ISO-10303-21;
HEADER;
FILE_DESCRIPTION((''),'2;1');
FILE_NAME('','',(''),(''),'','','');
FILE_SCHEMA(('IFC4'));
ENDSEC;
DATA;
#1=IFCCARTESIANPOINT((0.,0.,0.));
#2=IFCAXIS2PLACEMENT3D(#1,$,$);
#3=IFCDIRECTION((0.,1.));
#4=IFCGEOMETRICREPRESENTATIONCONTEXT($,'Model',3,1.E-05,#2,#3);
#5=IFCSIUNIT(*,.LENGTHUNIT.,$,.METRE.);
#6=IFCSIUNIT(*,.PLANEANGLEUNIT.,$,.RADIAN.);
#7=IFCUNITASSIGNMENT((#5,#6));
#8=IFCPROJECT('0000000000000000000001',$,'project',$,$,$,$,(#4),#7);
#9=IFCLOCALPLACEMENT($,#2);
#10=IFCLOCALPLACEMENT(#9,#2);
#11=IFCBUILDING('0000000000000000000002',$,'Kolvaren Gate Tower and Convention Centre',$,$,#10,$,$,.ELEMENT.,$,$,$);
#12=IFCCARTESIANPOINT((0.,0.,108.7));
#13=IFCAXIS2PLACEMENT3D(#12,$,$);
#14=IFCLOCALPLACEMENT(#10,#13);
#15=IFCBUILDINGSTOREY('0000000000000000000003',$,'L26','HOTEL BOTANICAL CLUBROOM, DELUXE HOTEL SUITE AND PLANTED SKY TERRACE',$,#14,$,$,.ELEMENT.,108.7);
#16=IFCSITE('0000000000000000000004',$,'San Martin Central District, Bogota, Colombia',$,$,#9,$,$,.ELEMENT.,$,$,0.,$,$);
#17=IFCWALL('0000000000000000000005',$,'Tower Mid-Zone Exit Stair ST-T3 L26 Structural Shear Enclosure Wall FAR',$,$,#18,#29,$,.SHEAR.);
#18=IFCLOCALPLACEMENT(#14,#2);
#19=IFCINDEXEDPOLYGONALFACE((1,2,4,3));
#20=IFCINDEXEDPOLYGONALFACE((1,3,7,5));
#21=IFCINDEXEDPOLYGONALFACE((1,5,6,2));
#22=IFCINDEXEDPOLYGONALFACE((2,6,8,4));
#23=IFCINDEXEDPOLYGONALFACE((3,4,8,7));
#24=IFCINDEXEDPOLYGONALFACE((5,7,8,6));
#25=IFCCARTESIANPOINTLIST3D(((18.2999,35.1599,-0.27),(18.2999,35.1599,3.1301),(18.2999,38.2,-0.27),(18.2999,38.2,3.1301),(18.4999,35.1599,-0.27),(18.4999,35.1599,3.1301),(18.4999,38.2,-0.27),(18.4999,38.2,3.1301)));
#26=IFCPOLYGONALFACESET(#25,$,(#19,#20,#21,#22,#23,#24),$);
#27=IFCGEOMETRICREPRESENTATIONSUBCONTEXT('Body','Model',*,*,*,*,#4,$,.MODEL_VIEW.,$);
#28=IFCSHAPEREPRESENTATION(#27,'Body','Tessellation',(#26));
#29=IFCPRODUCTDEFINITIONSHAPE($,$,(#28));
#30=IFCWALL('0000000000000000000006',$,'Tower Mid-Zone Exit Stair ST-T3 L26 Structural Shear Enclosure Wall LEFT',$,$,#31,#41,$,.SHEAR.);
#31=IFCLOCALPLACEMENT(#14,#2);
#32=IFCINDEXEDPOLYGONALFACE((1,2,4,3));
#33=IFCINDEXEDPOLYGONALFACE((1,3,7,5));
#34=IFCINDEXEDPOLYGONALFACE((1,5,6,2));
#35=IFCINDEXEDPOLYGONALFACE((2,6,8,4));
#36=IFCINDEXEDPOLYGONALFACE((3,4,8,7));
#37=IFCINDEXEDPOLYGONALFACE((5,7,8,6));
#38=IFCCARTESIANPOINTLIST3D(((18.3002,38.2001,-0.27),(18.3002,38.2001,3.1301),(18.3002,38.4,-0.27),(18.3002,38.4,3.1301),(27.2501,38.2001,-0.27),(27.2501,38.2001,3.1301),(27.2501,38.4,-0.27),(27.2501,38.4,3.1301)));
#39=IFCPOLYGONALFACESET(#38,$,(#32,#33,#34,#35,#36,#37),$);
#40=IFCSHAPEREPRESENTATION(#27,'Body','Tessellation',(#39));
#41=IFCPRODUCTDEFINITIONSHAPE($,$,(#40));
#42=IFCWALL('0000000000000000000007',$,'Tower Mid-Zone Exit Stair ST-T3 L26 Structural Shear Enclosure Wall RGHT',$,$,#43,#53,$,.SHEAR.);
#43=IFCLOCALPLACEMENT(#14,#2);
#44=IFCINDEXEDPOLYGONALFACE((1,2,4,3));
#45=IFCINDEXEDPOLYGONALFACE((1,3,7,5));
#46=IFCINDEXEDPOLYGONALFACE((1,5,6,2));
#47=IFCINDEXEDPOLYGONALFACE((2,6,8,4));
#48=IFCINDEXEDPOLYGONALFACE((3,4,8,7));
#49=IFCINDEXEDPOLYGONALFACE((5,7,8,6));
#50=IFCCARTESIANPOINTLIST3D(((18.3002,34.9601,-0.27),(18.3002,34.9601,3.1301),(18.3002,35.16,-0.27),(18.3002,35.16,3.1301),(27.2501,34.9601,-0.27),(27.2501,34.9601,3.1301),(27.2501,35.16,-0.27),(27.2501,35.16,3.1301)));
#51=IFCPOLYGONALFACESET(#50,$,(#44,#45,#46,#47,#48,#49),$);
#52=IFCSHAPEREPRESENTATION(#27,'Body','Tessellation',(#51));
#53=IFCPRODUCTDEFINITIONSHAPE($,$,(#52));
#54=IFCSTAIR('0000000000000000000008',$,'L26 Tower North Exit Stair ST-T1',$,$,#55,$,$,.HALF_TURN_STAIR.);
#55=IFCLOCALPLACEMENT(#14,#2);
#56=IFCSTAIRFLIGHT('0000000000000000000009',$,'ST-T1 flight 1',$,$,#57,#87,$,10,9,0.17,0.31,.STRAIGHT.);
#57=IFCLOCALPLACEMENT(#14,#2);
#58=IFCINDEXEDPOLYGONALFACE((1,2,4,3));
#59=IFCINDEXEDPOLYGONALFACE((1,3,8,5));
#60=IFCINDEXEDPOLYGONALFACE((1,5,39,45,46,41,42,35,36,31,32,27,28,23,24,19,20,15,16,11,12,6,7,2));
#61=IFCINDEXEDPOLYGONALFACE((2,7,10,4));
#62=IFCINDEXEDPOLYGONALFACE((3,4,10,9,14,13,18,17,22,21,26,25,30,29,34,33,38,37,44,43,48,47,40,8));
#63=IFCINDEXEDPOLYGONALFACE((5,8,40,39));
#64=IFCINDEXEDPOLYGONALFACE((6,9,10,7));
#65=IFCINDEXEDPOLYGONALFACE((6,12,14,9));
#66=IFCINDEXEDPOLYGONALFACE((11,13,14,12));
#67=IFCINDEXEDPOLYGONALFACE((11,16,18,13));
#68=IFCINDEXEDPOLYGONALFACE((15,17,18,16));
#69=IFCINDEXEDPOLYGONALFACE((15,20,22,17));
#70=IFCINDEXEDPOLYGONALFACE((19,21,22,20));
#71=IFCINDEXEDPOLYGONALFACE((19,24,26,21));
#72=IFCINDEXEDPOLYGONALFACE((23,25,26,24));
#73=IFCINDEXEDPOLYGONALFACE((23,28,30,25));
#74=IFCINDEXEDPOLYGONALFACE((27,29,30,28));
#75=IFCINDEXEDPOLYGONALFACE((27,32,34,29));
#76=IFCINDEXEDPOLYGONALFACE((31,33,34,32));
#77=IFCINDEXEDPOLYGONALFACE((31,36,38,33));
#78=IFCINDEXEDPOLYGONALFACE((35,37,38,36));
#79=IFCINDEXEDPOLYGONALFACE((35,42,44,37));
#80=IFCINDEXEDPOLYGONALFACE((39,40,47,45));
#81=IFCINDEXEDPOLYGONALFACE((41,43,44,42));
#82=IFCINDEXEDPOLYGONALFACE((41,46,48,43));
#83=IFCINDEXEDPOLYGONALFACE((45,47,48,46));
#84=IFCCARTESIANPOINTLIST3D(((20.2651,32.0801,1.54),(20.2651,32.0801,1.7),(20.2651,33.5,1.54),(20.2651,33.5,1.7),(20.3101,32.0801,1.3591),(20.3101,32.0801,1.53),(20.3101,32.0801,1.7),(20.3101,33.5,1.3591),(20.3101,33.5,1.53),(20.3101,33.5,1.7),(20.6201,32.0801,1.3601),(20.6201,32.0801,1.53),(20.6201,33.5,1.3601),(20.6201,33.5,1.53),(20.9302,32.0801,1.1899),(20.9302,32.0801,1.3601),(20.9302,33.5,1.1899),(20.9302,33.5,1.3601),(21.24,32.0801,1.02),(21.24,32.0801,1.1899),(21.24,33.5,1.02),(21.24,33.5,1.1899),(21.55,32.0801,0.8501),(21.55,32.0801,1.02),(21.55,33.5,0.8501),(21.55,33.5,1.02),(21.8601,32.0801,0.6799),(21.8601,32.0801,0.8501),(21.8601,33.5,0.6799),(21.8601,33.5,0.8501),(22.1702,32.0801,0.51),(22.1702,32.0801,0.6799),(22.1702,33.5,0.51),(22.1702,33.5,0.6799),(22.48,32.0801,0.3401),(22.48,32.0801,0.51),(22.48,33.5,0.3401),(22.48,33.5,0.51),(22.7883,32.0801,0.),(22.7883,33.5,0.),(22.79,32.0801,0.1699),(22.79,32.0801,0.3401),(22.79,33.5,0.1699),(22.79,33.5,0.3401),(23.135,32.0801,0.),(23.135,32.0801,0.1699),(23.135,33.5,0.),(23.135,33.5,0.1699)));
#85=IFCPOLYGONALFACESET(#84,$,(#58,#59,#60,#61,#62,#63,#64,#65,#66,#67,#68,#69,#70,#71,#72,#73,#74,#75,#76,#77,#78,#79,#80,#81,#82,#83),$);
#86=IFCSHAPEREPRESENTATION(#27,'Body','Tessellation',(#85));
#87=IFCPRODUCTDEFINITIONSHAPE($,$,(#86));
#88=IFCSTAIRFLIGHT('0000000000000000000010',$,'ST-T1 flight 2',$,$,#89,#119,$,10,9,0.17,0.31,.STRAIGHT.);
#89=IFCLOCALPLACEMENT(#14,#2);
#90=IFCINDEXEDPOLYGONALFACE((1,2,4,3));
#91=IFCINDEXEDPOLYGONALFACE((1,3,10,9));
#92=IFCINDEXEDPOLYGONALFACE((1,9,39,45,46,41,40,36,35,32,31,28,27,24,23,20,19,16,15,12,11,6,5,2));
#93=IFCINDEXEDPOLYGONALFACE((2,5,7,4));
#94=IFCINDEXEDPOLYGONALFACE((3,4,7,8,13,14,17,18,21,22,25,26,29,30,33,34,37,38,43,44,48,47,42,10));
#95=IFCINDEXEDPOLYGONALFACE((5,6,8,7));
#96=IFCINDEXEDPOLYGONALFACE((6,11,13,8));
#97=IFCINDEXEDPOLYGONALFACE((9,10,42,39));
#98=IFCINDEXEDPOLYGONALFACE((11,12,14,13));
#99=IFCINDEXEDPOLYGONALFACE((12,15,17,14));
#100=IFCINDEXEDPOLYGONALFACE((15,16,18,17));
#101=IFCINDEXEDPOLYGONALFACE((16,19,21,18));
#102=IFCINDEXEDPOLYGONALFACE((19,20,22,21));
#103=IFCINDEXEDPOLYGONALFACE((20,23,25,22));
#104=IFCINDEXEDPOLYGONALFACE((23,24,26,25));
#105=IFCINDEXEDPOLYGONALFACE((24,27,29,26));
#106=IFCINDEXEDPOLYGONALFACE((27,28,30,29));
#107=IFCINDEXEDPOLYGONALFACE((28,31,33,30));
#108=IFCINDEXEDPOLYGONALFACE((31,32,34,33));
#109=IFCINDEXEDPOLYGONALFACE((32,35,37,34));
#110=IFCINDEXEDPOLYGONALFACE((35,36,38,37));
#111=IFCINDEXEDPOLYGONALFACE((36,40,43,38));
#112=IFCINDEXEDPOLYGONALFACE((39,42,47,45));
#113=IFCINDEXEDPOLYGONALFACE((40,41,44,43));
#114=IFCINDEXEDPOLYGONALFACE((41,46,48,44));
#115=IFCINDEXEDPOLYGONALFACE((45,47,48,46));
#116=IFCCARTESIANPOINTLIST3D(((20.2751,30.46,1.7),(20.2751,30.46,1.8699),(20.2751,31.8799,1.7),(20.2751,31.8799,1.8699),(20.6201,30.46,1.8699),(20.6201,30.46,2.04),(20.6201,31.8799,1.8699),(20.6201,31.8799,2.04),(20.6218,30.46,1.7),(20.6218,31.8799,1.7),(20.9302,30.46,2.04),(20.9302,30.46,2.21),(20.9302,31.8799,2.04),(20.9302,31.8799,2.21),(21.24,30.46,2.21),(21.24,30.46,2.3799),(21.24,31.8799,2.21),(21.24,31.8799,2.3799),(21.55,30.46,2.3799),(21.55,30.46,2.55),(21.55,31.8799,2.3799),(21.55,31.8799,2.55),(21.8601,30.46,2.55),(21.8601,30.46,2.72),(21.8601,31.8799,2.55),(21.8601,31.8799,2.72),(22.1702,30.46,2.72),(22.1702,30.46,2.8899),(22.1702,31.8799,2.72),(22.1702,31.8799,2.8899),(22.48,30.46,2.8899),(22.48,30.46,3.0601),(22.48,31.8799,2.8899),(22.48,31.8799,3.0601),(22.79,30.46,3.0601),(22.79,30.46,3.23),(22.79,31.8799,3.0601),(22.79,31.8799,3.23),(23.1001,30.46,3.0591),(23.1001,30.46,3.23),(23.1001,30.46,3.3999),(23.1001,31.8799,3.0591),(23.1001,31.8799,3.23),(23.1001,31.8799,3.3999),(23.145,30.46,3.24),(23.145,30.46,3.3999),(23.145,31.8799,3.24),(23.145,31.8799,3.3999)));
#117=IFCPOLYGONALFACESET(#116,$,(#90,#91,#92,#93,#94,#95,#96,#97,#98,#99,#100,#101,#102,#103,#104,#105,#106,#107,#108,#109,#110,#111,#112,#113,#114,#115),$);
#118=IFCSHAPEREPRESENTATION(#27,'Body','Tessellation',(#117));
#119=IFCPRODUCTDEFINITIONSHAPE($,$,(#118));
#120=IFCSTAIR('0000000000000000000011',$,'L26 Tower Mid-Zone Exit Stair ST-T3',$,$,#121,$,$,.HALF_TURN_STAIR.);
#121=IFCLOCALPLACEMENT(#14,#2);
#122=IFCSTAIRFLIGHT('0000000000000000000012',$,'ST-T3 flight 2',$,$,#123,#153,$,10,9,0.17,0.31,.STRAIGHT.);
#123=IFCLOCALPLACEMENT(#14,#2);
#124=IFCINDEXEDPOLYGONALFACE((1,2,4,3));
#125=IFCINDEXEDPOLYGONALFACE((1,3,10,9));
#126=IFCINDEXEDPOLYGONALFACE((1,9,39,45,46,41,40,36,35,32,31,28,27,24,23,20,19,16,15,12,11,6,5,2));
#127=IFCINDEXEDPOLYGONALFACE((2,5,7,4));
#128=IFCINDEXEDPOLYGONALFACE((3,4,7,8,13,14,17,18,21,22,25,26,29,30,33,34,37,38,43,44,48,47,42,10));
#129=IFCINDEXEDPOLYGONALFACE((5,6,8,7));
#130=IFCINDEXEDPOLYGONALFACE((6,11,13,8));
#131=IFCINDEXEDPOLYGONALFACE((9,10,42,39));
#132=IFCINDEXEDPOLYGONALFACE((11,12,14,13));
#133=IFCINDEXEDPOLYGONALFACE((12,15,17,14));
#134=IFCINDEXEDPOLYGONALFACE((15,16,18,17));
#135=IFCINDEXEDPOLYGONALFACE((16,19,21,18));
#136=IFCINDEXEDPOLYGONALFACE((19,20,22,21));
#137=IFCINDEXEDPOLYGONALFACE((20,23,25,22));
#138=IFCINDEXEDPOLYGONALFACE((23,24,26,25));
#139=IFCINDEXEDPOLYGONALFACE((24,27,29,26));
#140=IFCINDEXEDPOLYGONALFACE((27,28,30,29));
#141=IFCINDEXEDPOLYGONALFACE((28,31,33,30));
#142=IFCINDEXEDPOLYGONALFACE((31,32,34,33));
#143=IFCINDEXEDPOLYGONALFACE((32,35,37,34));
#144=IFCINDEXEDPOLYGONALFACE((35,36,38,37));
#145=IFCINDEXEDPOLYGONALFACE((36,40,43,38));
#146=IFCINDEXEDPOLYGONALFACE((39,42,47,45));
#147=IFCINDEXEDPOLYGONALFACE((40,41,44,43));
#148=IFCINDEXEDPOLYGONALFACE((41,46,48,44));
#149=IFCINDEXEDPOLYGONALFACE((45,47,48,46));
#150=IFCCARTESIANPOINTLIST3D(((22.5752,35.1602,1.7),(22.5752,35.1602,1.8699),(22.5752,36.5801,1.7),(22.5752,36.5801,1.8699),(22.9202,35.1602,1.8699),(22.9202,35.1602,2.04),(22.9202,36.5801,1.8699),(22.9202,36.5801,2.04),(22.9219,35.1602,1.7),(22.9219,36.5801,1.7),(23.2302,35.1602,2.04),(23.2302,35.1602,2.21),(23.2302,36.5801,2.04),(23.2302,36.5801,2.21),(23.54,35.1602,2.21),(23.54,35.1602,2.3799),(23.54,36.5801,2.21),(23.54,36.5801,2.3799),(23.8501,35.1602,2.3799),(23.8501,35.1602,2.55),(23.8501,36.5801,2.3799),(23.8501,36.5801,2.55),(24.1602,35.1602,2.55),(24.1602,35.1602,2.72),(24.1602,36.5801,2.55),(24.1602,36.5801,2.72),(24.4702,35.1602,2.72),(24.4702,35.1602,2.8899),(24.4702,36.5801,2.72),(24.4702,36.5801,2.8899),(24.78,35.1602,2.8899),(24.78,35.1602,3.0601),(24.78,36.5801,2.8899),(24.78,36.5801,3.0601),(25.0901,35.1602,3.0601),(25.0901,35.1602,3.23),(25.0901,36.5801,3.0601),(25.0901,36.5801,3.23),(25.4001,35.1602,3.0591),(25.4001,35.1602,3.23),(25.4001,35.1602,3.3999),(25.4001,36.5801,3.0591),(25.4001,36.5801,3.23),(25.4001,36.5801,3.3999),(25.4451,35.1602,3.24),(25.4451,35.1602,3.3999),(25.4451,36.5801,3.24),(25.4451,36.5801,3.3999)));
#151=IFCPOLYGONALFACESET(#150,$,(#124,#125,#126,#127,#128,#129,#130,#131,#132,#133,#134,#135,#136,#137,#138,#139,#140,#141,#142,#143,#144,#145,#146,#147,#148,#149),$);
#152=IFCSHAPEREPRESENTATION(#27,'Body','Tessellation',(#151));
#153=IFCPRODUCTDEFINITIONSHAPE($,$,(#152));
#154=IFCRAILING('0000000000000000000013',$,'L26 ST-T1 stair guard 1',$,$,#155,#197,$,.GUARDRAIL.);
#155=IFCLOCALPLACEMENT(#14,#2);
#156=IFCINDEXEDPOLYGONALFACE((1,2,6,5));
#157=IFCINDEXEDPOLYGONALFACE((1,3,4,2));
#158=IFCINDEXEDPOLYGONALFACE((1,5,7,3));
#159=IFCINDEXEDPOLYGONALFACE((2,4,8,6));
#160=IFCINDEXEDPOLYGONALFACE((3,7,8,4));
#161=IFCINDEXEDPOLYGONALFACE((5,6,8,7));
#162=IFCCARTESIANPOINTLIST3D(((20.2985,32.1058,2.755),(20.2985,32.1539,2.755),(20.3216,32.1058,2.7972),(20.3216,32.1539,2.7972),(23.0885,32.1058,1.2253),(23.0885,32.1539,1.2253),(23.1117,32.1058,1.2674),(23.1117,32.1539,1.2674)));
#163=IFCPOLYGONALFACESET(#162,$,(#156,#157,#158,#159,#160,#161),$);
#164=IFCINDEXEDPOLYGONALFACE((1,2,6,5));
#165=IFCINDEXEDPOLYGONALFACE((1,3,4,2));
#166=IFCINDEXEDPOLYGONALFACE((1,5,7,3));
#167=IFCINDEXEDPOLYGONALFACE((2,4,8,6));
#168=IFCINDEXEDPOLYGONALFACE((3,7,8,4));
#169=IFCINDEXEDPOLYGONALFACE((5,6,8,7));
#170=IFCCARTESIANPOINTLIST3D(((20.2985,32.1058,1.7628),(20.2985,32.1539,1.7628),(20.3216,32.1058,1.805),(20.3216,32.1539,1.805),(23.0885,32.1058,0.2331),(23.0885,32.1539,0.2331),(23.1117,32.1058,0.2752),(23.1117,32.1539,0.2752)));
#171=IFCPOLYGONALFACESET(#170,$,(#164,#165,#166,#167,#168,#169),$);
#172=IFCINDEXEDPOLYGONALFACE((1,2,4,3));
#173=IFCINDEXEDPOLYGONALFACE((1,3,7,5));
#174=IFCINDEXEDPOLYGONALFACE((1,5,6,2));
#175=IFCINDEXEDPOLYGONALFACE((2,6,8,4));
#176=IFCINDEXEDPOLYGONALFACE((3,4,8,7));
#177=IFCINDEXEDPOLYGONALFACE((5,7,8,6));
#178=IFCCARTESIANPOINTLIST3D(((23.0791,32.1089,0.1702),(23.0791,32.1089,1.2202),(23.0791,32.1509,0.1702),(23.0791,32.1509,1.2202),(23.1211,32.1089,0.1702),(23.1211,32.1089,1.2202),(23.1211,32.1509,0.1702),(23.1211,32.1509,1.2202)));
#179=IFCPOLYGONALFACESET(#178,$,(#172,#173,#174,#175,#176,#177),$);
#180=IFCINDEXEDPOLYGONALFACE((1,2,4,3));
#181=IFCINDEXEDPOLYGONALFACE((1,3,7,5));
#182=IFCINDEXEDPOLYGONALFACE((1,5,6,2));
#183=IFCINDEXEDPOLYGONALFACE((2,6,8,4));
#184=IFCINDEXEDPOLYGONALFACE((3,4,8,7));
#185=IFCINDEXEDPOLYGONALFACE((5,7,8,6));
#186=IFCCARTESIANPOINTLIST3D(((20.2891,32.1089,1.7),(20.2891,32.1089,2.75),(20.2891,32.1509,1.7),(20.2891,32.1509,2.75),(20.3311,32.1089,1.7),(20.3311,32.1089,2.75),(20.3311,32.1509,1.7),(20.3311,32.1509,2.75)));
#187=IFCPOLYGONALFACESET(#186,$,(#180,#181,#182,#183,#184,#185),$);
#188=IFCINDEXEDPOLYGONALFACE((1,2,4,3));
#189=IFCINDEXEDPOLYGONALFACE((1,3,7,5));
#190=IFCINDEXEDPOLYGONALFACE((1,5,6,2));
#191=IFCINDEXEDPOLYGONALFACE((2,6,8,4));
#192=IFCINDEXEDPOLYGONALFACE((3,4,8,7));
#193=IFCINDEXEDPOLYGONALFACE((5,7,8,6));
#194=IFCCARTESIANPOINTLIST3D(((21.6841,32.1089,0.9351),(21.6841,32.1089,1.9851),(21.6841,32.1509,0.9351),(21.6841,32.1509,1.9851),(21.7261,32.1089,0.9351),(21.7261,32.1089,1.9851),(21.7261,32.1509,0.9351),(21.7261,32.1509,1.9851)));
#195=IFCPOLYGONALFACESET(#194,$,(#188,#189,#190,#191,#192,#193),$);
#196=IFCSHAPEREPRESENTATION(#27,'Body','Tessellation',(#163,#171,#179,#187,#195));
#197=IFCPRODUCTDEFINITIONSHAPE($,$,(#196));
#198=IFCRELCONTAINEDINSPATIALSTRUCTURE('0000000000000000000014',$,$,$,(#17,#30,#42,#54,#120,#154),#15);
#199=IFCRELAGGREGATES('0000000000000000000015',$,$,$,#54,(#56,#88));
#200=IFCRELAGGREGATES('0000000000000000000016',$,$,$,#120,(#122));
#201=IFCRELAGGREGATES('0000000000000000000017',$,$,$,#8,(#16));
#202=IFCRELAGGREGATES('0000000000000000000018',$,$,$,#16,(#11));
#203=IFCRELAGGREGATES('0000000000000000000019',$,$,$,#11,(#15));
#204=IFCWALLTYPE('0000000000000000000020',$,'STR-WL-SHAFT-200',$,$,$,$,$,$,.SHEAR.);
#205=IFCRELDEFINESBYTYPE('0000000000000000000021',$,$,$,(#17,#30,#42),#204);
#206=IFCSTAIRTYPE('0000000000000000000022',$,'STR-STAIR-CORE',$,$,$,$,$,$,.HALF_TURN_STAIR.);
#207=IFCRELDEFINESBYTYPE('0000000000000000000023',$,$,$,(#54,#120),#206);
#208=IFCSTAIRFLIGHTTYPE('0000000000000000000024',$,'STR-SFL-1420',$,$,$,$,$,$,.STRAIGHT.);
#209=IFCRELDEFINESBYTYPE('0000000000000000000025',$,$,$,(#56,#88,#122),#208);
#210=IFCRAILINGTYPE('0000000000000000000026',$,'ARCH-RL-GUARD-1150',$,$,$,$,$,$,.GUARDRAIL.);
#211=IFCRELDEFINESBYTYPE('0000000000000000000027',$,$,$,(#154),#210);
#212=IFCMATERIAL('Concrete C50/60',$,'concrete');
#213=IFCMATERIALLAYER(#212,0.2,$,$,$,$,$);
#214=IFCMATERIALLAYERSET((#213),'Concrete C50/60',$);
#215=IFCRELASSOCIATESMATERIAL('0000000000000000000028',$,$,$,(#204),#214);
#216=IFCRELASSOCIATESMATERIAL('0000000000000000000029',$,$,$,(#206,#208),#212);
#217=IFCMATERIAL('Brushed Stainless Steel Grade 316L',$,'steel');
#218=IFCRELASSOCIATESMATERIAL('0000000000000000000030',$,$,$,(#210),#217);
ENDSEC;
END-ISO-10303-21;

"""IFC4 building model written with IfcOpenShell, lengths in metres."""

from ifc_helpers import new_model, si_unit, direction, frame, frame_2d, origin, origin_2d, place, context, subcontext, project, spatial, polyline, rectangle, outline, extrude, material, layer, layer_set, type_object, element, aggregate, save


model = new_model("IFC4")

# Units and contexts
model_context = context("Model", 3, precision=1e-05, world=origin(), true_north=direction((0.0, 1.0)))
body_context = subcontext(model_context, "Body", "Model", "MODEL_VIEW")
ifc_project = project(units=[si_unit("LENGTHUNIT", "METRE"), si_unit("PLANEANGLEUNIT", "RADIAN")], contexts=[model_context])

# Site, building, storey
site_placement = place(None, origin())
site = spatial("IfcSite", under=ifc_project, at=site_placement, Name="San Martin Central District, Bogota, Colombia", CompositionType="ELEMENT", RefElevation=0.0)
building_placement = place(site_placement, origin())
building = spatial("IfcBuilding", under=site, at=building_placement, Name="Kolvaren Gate Tower and Convention Centre", CompositionType="ELEMENT")
storey_placement = place(building_placement, frame((0.0, 0.0, 108.7)))
storey = spatial("IfcBuildingStorey", under=building, at=storey_placement, Name="L26", Description="HOTEL BOTANICAL CLUBROOM, DELUXE HOTEL SUITE AND PLANTED SKY TERRACE", CompositionType="ELEMENT", Elevation=108.7)

# Walls
ifc_material_1 = material(Name="Concrete C50/60", Category="concrete")
ifc_layer_1 = layer(ifc_material_1, 0.2)
ifc_layer_set_1 = layer_set([ifc_layer_1], Name="Concrete C50/60")
wall_type_1 = type_object("IfcWallType", Name="STR-WL-SHAFT-200", PredefinedType="SHEAR", material=ifc_layer_set_1)
wall_1_placement = place(storey_placement, frame((18.3999, 35.1599, -0.27), z_axis=(0.0, 0.0, 1.0), x_axis=(0.0, 1.0, 0.0)))
element("IfcWall", 1, at=wall_1_placement, inside=storey, type_object=wall_type_1, Name="Tower Mid-Zone Exit Stair ST-T3 L26 Structural Shear Enclosure Wall FAR", PredefinedType="SHEAR", context=body_context, shape_type="SweptSolid", body=[
    extrude(rectangle(XDim=3.04, YDim=0.2, at=frame_2d((1.52, 0.0))), origin(), (0.0, 0.0, 1.0), 3.4001),
])
for number, where, z_axis, x_axis, name in (
    (2, (18.3, 38.3, -0.27), (0.0, 0.0, 1.0), (1.0, 0.0, 0.0), "Tower Mid-Zone Exit Stair ST-T3 L26 Structural Shear Enclosure Wall LEFT"),
    (3, (18.3, 35.0601, -0.27), (0.0, 0.0, 1.0), (1.0, 0.0, 0.0), "Tower Mid-Zone Exit Stair ST-T3 L26 Structural Shear Enclosure Wall RGHT"),
):
    element("IfcWall", number, at=place(storey_placement, frame(where, z_axis=z_axis, x_axis=x_axis)), inside=storey, type_object=wall_type_1, Name=name, PredefinedType="SHEAR", context=body_context, shape_type="SweptSolid", body=[
        extrude(rectangle(XDim=8.95, YDim=0.2, at=frame_2d((4.4751, 0.0))), origin(), (0.0, 0.0, 1.0), 3.4001),
    ])

# Stair, stair flights
stair_type = type_object("IfcStairType", Name="STR-STAIR-CORE", PredefinedType="HALF_TURN_STAIR", material=ifc_material_1)
stair_1_placement = place(storey_placement, origin())
stair_1 = element("IfcStair", 4, at=stair_1_placement, inside=storey, type_object=stair_type, Name="L26 Tower North Exit Stair ST-T1", PredefinedType="HALF_TURN_STAIR")
stair_flight_type = type_object("IfcStairFlightType", Name="STR-SFL-1420", PredefinedType="STRAIGHT", material=ifc_material_1)
stair_flight_1_placement = place(storey_placement, frame((23.1001, 32.79, 0.0), z_axis=(0.0, 0.0, 1.0), x_axis=(-1.0, 0.0, 0.0)))
stair_flight_1 = element("IfcStairFlight", 5, at=stair_flight_1_placement, type_object=stair_flight_type, Name="ST-T1 flight 1", NumberOfRisers=10, NumberOfTreads=9, PredefinedType="STRAIGHT", RiserHeight=0.17, TreadLength=0.31, context=body_context, shape_type="SweptSolid", body=[
    extrude(outline(polyline([(-0.0349, 0.0), (-0.0349, 0.1699), (0.3101, 0.1699), (0.3101, 0.3401), (0.6201, 0.3401), (0.6201, 0.51), (0.9299, 0.51), (0.9299, 0.6799), (1.24, 0.6799), (1.24, 0.8501), (1.55, 0.8501), (1.55, 1.02), (1.8601, 1.02), (1.8601, 1.1899), (2.1699, 1.1899), (2.1699, 1.3601), (2.48, 1.3601), (2.48, 1.53), (2.79, 1.53), (2.79, 1.7), (2.835, 1.7), (2.835, 1.54), (2.79, 1.3591), (0.3118, 0.0), (-0.0349, 0.0)])), frame((0.0, 0.71, 0.0), z_axis=(0.0, -1.0, 0.0), x_axis=(1.0, 0.0, 0.0)), (0.0, 0.0, 1.0), 1.4199),
])
stair_flight_2_placement = place(storey_placement, frame((20.3101, 31.1699, 1.7), z_axis=(0.0, 0.0, 1.0), x_axis=(1.0, 0.0, 0.0)))
stair_flight_2 = element("IfcStairFlight", 6, at=stair_flight_2_placement, type_object=stair_flight_type, Name="ST-T1 flight 2", NumberOfRisers=10, NumberOfTreads=9, PredefinedType="STRAIGHT", RiserHeight=0.17, TreadLength=0.31, context=body_context, shape_type="SweptSolid", body=[
    extrude(outline(polyline([(-0.0349, 0.0), (-0.0349, 0.1699), (0.3101, 0.1699), (0.3101, 0.3401), (0.6201, 0.3401), (0.6201, 0.51), (0.9299, 0.51), (0.9299, 0.6799), (1.24, 0.6799), (1.24, 0.8501), (1.55, 0.8501), (1.55, 1.02), (1.8601, 1.02), (1.8601, 1.1899), (2.1699, 1.1899), (2.1699, 1.3601), (2.48, 1.3601), (2.48, 1.53), (2.79, 1.53), (2.79, 1.7), (2.835, 1.7), (2.835, 1.54), (2.79, 1.3591), (0.3118, 0.0), (-0.0349, 0.0)])), frame((0.0, 0.71, 0.0), z_axis=(0.0, -1.0, 0.0), x_axis=(1.0, 0.0, 0.0)), (0.0, 0.0, 1.0), 1.4199),
])
aggregate(stair_1, [stair_flight_1, stair_flight_2])

# Stair, stair flight
stair_2_placement = place(storey_placement, origin())
stair_2 = element("IfcStair", 7, at=stair_2_placement, inside=storey, type_object=stair_type, Name="L26 Tower Mid-Zone Exit Stair ST-T3", PredefinedType="HALF_TURN_STAIR")
stair_flight_3_placement = place(storey_placement, frame((22.6101, 35.8701, 1.7), z_axis=(0.0, 0.0, 1.0), x_axis=(1.0, 0.0, 0.0)))
stair_flight_3 = element("IfcStairFlight", 8, at=stair_flight_3_placement, type_object=stair_flight_type, Name="ST-T3 flight 2", NumberOfRisers=10, NumberOfTreads=9, PredefinedType="STRAIGHT", RiserHeight=0.17, TreadLength=0.31, context=body_context, shape_type="SweptSolid", body=[
    extrude(outline(polyline([(-0.0349, 0.0), (-0.0349, 0.1699), (0.3101, 0.1699), (0.3101, 0.3401), (0.6201, 0.3401), (0.6201, 0.51), (0.9299, 0.51), (0.9299, 0.6799), (1.24, 0.6799), (1.24, 0.8501), (1.55, 0.8501), (1.55, 1.02), (1.8601, 1.02), (1.8601, 1.1899), (2.1699, 1.1899), (2.1699, 1.3601), (2.48, 1.3601), (2.48, 1.53), (2.79, 1.53), (2.79, 1.7), (2.835, 1.7), (2.835, 1.54), (2.79, 1.3591), (0.3118, 0.0), (-0.0349, 0.0)])), frame((0.0, 0.71, 0.0), z_axis=(0.0, -1.0, 0.0), x_axis=(1.0, 0.0, 0.0)), (0.0, 0.0, 1.0), 1.4199),
])
aggregate(stair_2, [stair_flight_3])

# Railing
ifc_material_2 = material(Name="Brushed Stainless Steel Grade 316L", Category="steel")
railing_type_1 = type_object("IfcRailingType", Name="ARCH-RL-GUARD-1150", PredefinedType="GUARDRAIL", material=ifc_material_2)
railing_1_placement = place(storey_placement, frame((23.1001, 32.1299, 0.1702)))
element("IfcRailing", 9, at=railing_1_placement, inside=storey, type_object=railing_type_1, Name="L26 ST-T1 stair guard 1", PredefinedType="GUARDRAIL", context=body_context, shape_type="SweptSolid", body=[
    extrude(rectangle(XDim=0.0481, YDim=0.0481, at=origin_2d()), frame((0.0, 0.0, 1.0762), z_axis=(-0.876844, 0.0, 0.480776), x_axis=(0.0, -1.0, 0.0)), (0.0, 0.0, 1.0), 3.1819),
    extrude(rectangle(XDim=0.0481, YDim=0.0481, at=origin_2d()), frame((0.0, 0.0, 0.084), z_axis=(-0.876844, 0.0, 0.480776), x_axis=(0.0, -1.0, 0.0)), (0.0, 0.0, 1.0), 3.1819),
    extrude(rectangle(XDim=0.042, YDim=0.042, at=origin_2d()), origin(), (0.0, 0.0, 1.0), 1.05),
    extrude(rectangle(XDim=0.042, YDim=0.042, at=origin_2d()), frame((-2.79, 0.0, 1.5298)), (0.0, 0.0, 1.0), 1.05),
    extrude(rectangle(XDim=0.042, YDim=0.042, at=origin_2d()), frame((-1.395, 0.0, 0.7649)), (0.0, 0.0, 1.0), 1.05),
])

save(model, "model.ifc")
